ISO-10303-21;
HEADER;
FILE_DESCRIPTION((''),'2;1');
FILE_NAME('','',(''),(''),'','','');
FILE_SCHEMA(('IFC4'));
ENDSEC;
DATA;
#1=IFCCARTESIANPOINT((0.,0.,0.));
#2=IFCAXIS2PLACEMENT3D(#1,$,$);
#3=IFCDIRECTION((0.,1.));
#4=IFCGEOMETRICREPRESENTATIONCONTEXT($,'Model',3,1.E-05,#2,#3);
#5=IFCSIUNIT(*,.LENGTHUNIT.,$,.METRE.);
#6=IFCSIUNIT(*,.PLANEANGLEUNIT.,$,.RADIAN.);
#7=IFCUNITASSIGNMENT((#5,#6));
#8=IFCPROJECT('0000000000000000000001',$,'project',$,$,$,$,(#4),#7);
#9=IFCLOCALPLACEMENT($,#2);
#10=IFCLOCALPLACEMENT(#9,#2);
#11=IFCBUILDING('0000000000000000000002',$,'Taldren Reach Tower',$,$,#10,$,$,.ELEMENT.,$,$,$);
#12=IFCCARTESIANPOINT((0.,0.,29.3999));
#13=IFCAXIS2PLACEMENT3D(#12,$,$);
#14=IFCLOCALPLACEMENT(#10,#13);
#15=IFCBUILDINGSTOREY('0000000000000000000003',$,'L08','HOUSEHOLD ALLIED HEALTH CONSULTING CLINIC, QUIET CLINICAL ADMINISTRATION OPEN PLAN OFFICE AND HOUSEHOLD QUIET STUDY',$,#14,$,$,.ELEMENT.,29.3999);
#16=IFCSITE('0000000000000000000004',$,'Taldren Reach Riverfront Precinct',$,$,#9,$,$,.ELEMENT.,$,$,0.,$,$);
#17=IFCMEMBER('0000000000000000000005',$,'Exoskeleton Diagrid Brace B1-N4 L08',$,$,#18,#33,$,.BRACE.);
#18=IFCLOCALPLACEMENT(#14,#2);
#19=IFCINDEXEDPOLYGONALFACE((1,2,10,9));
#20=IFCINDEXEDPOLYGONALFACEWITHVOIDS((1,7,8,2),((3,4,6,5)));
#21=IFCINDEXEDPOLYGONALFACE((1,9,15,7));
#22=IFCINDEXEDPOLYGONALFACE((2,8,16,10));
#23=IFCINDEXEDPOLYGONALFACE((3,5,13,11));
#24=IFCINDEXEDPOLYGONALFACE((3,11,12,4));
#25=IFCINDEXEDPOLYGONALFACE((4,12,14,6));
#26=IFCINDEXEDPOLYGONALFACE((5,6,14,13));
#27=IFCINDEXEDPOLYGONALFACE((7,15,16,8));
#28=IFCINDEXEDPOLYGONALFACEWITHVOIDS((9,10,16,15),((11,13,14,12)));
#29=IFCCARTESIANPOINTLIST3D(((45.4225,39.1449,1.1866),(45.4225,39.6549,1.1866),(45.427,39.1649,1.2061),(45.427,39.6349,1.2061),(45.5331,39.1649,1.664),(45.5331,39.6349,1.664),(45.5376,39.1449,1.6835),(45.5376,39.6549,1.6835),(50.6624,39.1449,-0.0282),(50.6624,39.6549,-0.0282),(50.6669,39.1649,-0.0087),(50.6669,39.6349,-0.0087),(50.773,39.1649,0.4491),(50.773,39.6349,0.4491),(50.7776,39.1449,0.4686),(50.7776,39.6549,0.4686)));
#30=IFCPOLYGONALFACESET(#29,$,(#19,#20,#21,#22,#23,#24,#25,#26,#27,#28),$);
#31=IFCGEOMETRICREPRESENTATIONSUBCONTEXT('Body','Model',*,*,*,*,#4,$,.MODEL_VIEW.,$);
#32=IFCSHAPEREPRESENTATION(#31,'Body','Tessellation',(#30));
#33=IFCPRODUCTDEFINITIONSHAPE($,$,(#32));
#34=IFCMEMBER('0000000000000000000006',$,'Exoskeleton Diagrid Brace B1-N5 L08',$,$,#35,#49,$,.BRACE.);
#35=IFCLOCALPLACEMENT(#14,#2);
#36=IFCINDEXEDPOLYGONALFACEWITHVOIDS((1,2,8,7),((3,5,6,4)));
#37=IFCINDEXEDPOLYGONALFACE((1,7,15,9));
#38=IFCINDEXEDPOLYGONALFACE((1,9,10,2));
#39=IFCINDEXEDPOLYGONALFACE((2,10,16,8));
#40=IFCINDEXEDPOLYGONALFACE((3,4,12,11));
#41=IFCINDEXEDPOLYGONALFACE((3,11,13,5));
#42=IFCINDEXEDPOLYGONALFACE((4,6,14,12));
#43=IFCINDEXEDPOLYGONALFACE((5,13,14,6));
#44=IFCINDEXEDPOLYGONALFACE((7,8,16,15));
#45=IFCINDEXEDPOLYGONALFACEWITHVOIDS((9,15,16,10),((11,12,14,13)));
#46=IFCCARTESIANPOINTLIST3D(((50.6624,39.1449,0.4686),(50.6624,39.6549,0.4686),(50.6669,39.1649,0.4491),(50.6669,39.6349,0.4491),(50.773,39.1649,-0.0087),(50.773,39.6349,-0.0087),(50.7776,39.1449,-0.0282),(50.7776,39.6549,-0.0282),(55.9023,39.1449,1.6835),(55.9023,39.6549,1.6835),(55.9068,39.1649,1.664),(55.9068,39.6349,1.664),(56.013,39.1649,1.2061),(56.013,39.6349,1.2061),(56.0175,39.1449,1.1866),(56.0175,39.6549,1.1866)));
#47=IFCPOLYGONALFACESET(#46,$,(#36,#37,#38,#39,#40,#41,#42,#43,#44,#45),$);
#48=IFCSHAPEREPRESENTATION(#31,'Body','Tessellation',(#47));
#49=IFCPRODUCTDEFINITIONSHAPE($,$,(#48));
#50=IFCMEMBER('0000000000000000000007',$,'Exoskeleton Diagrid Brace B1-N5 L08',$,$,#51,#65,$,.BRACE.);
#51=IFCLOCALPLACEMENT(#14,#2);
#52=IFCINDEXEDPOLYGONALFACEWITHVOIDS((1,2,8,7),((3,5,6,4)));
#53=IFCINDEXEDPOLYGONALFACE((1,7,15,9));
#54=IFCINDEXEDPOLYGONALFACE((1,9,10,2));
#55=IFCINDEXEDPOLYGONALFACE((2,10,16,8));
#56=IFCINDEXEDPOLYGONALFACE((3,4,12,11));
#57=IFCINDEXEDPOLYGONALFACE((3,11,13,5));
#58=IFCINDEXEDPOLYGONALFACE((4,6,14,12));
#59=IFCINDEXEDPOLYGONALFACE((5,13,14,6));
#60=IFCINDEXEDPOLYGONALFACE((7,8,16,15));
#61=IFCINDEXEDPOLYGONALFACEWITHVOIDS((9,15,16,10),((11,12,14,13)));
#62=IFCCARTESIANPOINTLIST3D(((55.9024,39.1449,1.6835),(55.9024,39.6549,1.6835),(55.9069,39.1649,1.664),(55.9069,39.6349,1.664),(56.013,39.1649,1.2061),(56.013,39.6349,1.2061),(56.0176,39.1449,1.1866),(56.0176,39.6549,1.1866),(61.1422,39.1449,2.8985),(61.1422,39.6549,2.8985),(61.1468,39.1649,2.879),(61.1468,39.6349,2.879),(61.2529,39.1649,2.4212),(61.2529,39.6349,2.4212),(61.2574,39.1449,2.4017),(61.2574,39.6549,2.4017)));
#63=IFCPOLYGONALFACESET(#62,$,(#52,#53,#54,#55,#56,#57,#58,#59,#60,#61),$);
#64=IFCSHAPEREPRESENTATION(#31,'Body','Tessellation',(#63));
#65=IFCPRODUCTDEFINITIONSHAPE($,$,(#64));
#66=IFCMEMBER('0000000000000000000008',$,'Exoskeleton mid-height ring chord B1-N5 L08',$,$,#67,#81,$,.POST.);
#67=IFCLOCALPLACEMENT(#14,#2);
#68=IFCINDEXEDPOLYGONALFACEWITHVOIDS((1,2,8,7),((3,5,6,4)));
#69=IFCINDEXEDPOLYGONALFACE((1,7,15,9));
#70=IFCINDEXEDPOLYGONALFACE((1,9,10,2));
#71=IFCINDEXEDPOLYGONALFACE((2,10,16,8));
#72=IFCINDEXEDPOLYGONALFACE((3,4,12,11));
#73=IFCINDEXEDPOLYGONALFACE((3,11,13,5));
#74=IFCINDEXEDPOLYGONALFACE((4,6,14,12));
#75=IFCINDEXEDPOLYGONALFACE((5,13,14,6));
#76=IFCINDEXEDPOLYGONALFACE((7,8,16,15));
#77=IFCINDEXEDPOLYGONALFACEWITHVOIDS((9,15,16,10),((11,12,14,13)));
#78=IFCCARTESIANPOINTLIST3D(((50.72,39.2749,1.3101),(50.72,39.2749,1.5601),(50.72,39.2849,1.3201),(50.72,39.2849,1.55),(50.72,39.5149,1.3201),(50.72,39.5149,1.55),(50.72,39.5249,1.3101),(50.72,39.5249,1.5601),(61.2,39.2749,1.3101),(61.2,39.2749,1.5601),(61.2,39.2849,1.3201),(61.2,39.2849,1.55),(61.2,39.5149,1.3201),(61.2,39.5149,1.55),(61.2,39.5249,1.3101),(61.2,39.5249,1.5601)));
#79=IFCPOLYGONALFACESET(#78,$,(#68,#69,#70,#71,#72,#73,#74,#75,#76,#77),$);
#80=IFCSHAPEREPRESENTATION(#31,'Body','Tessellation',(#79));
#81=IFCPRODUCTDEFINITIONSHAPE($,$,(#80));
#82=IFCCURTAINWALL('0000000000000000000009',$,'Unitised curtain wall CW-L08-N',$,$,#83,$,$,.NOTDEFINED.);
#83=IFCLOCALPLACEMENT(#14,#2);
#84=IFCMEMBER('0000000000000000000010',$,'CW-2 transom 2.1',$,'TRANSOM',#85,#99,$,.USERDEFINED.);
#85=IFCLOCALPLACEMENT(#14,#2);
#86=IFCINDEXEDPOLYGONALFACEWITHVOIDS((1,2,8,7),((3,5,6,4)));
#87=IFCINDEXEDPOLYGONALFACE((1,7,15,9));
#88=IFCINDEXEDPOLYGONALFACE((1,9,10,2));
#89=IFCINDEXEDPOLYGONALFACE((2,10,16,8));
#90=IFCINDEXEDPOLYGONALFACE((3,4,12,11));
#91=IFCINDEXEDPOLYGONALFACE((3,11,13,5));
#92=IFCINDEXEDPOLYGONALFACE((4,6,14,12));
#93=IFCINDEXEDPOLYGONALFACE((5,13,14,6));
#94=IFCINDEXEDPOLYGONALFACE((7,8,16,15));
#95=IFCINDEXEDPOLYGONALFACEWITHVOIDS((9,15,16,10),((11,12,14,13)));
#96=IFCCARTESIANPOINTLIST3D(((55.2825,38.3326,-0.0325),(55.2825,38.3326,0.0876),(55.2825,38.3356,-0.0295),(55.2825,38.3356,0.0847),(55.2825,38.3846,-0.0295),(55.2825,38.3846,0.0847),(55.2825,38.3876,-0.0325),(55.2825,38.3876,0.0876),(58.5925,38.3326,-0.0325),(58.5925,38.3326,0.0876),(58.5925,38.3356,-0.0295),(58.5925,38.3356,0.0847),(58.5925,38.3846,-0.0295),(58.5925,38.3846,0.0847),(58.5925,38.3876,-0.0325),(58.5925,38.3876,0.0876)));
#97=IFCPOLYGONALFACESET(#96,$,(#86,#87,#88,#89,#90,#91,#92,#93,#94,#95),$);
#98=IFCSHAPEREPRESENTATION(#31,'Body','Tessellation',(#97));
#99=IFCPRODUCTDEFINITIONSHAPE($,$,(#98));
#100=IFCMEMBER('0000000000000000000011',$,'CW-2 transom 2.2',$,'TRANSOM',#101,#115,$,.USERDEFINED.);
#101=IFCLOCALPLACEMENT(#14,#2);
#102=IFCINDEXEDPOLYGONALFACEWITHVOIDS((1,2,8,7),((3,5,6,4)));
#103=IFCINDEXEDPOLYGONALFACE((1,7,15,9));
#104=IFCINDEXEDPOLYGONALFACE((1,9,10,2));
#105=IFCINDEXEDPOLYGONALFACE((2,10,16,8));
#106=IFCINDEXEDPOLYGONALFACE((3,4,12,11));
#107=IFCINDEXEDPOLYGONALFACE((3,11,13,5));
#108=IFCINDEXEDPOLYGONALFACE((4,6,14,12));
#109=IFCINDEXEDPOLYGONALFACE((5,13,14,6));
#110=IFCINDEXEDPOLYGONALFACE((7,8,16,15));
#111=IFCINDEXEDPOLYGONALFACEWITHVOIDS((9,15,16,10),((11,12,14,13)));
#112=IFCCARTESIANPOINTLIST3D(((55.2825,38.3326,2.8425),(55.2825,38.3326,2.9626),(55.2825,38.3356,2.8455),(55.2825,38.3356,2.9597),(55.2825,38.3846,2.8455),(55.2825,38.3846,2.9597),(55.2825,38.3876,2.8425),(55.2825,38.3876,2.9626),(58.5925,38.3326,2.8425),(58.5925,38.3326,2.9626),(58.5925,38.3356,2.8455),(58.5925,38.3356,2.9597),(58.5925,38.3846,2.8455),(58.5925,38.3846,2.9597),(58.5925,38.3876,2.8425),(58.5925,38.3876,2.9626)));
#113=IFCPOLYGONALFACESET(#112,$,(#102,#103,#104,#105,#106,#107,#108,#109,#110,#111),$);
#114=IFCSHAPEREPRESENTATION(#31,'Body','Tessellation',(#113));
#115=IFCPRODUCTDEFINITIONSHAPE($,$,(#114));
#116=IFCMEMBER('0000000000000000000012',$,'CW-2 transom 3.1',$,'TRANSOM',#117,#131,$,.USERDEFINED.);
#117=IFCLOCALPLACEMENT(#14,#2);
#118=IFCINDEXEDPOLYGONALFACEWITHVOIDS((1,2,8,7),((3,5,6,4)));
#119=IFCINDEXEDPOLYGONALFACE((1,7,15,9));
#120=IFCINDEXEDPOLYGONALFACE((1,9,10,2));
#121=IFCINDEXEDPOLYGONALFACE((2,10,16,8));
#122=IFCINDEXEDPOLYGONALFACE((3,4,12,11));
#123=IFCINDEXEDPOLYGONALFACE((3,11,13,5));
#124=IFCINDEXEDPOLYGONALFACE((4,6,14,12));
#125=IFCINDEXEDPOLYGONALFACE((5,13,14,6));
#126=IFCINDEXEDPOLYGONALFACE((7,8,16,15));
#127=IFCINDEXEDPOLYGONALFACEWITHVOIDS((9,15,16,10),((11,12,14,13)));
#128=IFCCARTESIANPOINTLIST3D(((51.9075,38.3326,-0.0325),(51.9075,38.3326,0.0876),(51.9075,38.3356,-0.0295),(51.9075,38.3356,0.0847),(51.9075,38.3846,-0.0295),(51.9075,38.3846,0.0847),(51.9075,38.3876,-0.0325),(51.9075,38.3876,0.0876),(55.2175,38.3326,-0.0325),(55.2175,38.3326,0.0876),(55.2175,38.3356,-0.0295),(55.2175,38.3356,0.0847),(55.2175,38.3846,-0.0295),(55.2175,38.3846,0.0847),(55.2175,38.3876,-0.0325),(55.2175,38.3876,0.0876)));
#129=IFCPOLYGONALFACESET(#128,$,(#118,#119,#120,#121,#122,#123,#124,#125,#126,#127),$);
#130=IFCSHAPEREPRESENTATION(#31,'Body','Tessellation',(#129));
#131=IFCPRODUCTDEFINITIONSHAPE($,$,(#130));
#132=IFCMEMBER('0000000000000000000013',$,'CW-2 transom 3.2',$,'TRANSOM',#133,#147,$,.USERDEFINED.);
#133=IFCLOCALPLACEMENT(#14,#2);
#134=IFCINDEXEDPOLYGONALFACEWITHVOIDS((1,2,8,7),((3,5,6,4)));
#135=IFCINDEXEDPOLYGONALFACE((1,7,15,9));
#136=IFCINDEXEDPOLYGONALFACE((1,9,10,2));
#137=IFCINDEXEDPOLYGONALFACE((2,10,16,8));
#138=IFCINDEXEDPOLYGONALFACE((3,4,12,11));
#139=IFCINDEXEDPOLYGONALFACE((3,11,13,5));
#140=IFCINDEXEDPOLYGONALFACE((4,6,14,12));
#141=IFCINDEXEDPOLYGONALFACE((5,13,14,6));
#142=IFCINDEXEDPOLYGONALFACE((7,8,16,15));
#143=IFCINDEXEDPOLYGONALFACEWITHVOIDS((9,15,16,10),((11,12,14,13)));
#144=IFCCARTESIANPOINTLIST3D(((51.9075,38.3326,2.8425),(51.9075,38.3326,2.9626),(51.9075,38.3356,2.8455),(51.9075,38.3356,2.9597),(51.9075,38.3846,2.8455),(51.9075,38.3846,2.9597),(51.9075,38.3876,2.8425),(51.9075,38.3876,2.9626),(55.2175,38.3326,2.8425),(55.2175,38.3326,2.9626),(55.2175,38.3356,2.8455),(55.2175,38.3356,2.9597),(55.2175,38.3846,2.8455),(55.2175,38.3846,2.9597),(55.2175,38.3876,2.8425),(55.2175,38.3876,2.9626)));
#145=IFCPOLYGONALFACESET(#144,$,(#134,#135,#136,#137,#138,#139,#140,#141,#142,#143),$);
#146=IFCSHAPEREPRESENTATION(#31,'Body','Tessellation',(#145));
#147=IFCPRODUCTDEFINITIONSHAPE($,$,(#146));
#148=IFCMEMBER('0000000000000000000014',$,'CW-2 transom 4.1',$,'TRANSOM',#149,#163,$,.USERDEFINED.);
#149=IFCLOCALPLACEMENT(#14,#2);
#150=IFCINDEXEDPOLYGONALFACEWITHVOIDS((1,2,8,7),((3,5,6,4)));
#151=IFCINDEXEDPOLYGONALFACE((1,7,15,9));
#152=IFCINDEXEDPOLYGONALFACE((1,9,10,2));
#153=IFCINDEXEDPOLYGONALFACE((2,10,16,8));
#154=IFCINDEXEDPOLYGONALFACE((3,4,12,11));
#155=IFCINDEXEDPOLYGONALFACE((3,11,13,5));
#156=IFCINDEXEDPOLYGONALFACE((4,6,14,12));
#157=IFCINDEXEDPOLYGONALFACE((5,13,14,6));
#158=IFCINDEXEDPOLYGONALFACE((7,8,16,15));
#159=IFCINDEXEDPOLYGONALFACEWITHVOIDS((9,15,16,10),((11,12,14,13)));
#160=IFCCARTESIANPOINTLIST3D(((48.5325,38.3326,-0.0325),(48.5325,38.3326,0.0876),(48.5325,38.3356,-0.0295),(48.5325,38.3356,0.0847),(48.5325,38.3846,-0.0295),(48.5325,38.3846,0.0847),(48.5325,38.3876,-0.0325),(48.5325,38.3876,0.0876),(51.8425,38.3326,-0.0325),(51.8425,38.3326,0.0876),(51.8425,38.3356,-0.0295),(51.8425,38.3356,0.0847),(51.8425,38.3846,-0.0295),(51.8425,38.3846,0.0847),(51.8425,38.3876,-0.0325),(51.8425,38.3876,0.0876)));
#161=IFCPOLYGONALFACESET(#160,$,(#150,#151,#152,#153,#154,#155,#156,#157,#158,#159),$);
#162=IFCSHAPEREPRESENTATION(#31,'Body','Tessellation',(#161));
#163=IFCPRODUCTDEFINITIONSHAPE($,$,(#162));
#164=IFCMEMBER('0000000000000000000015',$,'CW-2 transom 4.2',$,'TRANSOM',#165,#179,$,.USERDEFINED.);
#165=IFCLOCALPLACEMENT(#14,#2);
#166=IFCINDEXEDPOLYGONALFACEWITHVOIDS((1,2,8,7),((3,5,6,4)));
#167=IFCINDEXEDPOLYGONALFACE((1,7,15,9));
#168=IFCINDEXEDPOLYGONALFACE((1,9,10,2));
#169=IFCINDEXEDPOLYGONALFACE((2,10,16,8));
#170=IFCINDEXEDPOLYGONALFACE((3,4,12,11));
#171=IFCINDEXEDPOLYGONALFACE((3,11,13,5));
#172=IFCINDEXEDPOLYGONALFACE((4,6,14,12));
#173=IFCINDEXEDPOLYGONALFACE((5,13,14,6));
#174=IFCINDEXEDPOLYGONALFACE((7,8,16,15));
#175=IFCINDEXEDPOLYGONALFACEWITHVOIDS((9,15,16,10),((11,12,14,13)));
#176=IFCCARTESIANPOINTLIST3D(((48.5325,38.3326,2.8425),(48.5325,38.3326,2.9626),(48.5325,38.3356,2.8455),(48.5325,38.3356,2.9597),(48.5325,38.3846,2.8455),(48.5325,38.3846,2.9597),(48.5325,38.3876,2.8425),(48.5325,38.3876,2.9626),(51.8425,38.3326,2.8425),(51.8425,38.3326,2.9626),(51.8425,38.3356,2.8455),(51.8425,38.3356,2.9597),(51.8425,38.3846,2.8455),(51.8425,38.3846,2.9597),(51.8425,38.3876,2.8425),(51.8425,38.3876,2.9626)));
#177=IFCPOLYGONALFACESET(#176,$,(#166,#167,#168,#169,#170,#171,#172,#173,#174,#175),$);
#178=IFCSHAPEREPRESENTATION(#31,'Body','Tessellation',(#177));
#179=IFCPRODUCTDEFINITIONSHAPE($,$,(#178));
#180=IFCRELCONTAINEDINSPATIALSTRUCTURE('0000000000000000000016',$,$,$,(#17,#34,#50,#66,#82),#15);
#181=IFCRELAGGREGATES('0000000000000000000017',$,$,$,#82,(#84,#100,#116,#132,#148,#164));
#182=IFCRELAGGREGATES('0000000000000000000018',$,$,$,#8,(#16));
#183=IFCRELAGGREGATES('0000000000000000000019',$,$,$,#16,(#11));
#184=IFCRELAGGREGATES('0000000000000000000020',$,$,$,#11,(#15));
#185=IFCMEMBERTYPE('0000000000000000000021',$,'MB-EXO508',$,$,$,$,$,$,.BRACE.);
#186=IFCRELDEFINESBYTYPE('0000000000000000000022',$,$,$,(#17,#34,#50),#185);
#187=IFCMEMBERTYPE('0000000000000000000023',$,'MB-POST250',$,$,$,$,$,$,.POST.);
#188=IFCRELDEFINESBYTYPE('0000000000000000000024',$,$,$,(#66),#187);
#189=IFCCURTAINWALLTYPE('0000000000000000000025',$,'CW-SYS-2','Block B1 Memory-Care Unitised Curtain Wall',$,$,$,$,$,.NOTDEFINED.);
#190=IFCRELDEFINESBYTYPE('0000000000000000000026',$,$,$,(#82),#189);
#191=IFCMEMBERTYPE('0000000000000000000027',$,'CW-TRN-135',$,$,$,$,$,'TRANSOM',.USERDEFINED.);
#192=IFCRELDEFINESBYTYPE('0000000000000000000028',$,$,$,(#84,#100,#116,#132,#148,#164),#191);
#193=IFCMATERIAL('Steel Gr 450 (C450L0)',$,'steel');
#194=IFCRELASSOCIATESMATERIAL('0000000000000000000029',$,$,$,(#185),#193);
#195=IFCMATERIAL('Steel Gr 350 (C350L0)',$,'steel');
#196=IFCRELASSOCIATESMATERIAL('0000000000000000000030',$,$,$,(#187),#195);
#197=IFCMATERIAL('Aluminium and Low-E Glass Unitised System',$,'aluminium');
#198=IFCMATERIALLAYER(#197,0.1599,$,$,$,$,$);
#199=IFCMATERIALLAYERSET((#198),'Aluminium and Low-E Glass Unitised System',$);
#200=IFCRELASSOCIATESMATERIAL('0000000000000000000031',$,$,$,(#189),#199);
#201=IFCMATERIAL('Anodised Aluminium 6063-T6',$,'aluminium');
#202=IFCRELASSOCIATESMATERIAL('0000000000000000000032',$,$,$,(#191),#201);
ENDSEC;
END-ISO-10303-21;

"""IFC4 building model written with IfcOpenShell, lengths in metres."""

from ifc_helpers import new_model, si_unit, direction, frame, origin, origin_2d, place, context, subcontext, project, spatial, hollow_rectangle, extrude, source, transform, mapped, material, layer, layer_set, material_profile, profile_set, type_object, element, aggregate, save


model = new_model("IFC4")

# Units and contexts
model_context = context("Model", 3, precision=1e-05, world=origin(), true_north=direction((0.0, 1.0)))
body_context = subcontext(model_context, "Body", "Model", "MODEL_VIEW")
ifc_project = project(units=[si_unit("LENGTHUNIT", "METRE"), si_unit("PLANEANGLEUNIT", "RADIAN")], contexts=[model_context])

# Site, building, storey
site_placement = place(None, origin())
site = spatial("IfcSite", under=ifc_project, at=site_placement, Name="Taldren Reach Riverfront Precinct", CompositionType="ELEMENT", RefElevation=0.0)
building_placement = place(site_placement, origin())
building = spatial("IfcBuilding", under=site, at=building_placement, Name="Taldren Reach Tower", CompositionType="ELEMENT")
storey_placement = place(building_placement, frame((0.0, 0.0, 29.3999)))
storey = spatial("IfcBuildingStorey", under=building, at=storey_placement, Name="L08", Description="HOUSEHOLD ALLIED HEALTH CONSULTING CLINIC, QUIET CLINICAL ADMINISTRATION OPEN PLAN OFFICE AND HOUSEHOLD QUIET STUDY", CompositionType="ELEMENT", Elevation=29.3999)

# Members
ifc_material_1 = material(Name="Steel Gr 450 (C450L0)", Category="steel")
ifc_material_profile_1 = material_profile(ifc_material_1, hollow_rectangle(XDim=0.51, YDim=0.51, WallThickness=0.02, at=origin_2d()), Name="510x510x20.0SHS")
ifc_profile_set_1 = profile_set([ifc_material_profile_1], Name="Steel Gr 450 (C450L0)")
member_type_1 = type_object("IfcMemberType", Name="MB-EXO508", PredefinedType="BRACE", material=ifc_profile_set_1)
shared_shape_1 = source(origin(), body_context, "Body", "SweptSolid", [
    extrude(hollow_rectangle(XDim=0.51, YDim=0.51, WallThickness=0.02, at=origin_2d()), origin(), (0.0, 0.0, 1.0), 5.3789),
])
for number, where, z_axis, x_axis, name in (
    (1, (50.72, 39.3999, 0.2202), (-0.974162, 0.0, 0.225851), (0.0, -1.0, 0.0), "Exoskeleton Diagrid Brace B1-N4 L08"),
    (2, (50.72, 39.3999, 0.2202), (0.974162, 0.0, 0.225851), (0.0, 1.0, 0.0), "Exoskeleton Diagrid Brace B1-N5 L08"),
    (3, (55.96, 39.3999, 1.4351), (0.974152, 0.0, 0.225894), (0.0, 1.0, 0.0), "Exoskeleton Diagrid Brace B1-N5 L08"),
):
    element("IfcMember", number, at=place(storey_placement, frame(where, z_axis=z_axis, x_axis=x_axis)), inside=storey, type_object=member_type_1, Name=name, PredefinedType="BRACE", context=body_context, shape_type="MappedRepresentation", body=[
        mapped(shared_shape_1, transform((0.0, 0.0, 0.0), scale=1.0)),
    ])
ifc_material_2 = material(Name="Steel Gr 350 (C350L0)", Category="steel")
ifc_material_profile_2 = material_profile(ifc_material_2, hollow_rectangle(XDim=0.25, YDim=0.25, WallThickness=0.01, at=origin_2d()), Name="250x250x10.0SHS")
ifc_profile_set_2 = profile_set([ifc_material_profile_2], Name="Steel Gr 350 (C350L0)")
member_type_2 = type_object("IfcMemberType", Name="MB-POST250", PredefinedType="POST", material=ifc_profile_set_2)
shared_shape_2 = source(origin(), body_context, "Body", "SweptSolid", [
    extrude(hollow_rectangle(XDim=0.25, YDim=0.25, WallThickness=0.01, at=origin_2d()), origin(), (0.0, 0.0, 1.0), 10.48),
])
member_1_placement = place(storey_placement, frame((50.72, 39.3999, 1.4351), z_axis=(1.0, 0.0, 0.0), x_axis=(0.0, 1.0, 0.0)))
element("IfcMember", 4, at=member_1_placement, inside=storey, type_object=member_type_2, Name="Exoskeleton mid-height ring chord B1-N5 L08", PredefinedType="POST", context=body_context, shape_type="MappedRepresentation", body=[
    mapped(shared_shape_2, transform((0.0, 0.0, 0.0), scale=1.0)),
])

# Curtain wall, members
ifc_material_3 = material(Name="Aluminium and Low-E Glass Unitised System", Category="aluminium")
ifc_layer_1 = layer(ifc_material_3, 0.1599)
ifc_layer_set_1 = layer_set([ifc_layer_1], Name="Aluminium and Low-E Glass Unitised System")
curtain_wall_type = type_object("IfcCurtainWallType", Name="CW-SYS-2", Description="Block B1 Memory-Care Unitised Curtain Wall", PredefinedType="NOTDEFINED", material=ifc_layer_set_1)
curtain_wall_placement = place(storey_placement, origin())
curtain_wall = element("IfcCurtainWall", 5, at=curtain_wall_placement, inside=storey, type_object=curtain_wall_type, Name="Unitised curtain wall CW-L08-N", PredefinedType="NOTDEFINED")
ifc_material_4 = material(Name="Anodised Aluminium 6063-T6", Category="aluminium")
ifc_material_profile_3 = material_profile(ifc_material_4, hollow_rectangle(XDim=0.0549, YDim=0.1201, WallThickness=0.0029, at=origin_2d()), Name="ALU-120x55x3RHS")
ifc_profile_set_3 = profile_set([ifc_material_profile_3], Name="Anodised Aluminium 6063-T6")
member_type_3 = type_object("IfcMemberType", Name="CW-TRN-135", ElementType="TRANSOM", PredefinedType="USERDEFINED", material=ifc_profile_set_3)
shared_shape_3 = source(origin(), body_context, "Body", "SweptSolid", [
    extrude(hollow_rectangle(XDim=0.0549, YDim=0.1201, WallThickness=0.0029, at=origin_2d()), origin(), (0.0, 0.0, 1.0), 3.3101),
])
member_2_placement = place(storey_placement, frame((58.5925, 38.3601, 0.0276), z_axis=(-1.0, 0.0, 0.0), x_axis=(0.0, -1.0, 0.0)))
member_2 = element("IfcMember", 6, at=member_2_placement, type_object=member_type_3, Name="CW-2 transom 2.1", ObjectType="TRANSOM", PredefinedType="USERDEFINED", context=body_context, shape_type="MappedRepresentation", body=[
    mapped(shared_shape_3, transform((0.0, 0.0, 0.0), scale=1.0)),
])
member_3_placement = place(storey_placement, frame((58.5925, 38.3601, 2.9026), z_axis=(-1.0, 0.0, 0.0), x_axis=(0.0, -1.0, 0.0)))
member_3 = element("IfcMember", 7, at=member_3_placement, type_object=member_type_3, Name="CW-2 transom 2.2", ObjectType="TRANSOM", PredefinedType="USERDEFINED", context=body_context, shape_type="MappedRepresentation", body=[
    mapped(shared_shape_3, transform((0.0, 0.0, 0.0), scale=1.0)),
])
member_4_placement = place(storey_placement, frame((55.2175, 38.3601, 0.0276), z_axis=(-1.0, 0.0, 0.0), x_axis=(0.0, -1.0, 0.0)))
member_4 = element("IfcMember", 8, at=member_4_placement, type_object=member_type_3, Name="CW-2 transom 3.1", ObjectType="TRANSOM", PredefinedType="USERDEFINED", context=body_context, shape_type="MappedRepresentation", body=[
    mapped(shared_shape_3, transform((0.0, 0.0, 0.0), scale=1.0)),
])
member_5_placement = place(storey_placement, frame((55.2175, 38.3601, 2.9026), z_axis=(-1.0, 0.0, 0.0), x_axis=(0.0, -1.0, 0.0)))
member_5 = element("IfcMember", 9, at=member_5_placement, type_object=member_type_3, Name="CW-2 transom 3.2", ObjectType="TRANSOM", PredefinedType="USERDEFINED", context=body_context, shape_type="MappedRepresentation", body=[
    mapped(shared_shape_3, transform((0.0, 0.0, 0.0), scale=1.0)),
])
member_6_placement = place(storey_placement, frame((51.8425, 38.3601, 0.0276), z_axis=(-1.0, 0.0, 0.0), x_axis=(0.0, -1.0, 0.0)))
member_6 = element("IfcMember", 10, at=member_6_placement, type_object=member_type_3, Name="CW-2 transom 4.1", ObjectType="TRANSOM", PredefinedType="USERDEFINED", context=body_context, shape_type="MappedRepresentation", body=[
    mapped(shared_shape_3, transform((0.0, 0.0, 0.0), scale=1.0)),
])
member_7_placement = place(storey_placement, frame((51.8425, 38.3601, 2.9026), z_axis=(-1.0, 0.0, 0.0), x_axis=(0.0, -1.0, 0.0)))
member_7 = element("IfcMember", 11, at=member_7_placement, type_object=member_type_3, Name="CW-2 transom 4.2", ObjectType="TRANSOM", PredefinedType="USERDEFINED", context=body_context, shape_type="MappedRepresentation", body=[
    mapped(shared_shape_3, transform((0.0, 0.0, 0.0), scale=1.0)),
])

aggregate(curtain_wall, [member_2, member_3, member_4, member_5, member_6, member_7])

save(model, "model.ifc")
